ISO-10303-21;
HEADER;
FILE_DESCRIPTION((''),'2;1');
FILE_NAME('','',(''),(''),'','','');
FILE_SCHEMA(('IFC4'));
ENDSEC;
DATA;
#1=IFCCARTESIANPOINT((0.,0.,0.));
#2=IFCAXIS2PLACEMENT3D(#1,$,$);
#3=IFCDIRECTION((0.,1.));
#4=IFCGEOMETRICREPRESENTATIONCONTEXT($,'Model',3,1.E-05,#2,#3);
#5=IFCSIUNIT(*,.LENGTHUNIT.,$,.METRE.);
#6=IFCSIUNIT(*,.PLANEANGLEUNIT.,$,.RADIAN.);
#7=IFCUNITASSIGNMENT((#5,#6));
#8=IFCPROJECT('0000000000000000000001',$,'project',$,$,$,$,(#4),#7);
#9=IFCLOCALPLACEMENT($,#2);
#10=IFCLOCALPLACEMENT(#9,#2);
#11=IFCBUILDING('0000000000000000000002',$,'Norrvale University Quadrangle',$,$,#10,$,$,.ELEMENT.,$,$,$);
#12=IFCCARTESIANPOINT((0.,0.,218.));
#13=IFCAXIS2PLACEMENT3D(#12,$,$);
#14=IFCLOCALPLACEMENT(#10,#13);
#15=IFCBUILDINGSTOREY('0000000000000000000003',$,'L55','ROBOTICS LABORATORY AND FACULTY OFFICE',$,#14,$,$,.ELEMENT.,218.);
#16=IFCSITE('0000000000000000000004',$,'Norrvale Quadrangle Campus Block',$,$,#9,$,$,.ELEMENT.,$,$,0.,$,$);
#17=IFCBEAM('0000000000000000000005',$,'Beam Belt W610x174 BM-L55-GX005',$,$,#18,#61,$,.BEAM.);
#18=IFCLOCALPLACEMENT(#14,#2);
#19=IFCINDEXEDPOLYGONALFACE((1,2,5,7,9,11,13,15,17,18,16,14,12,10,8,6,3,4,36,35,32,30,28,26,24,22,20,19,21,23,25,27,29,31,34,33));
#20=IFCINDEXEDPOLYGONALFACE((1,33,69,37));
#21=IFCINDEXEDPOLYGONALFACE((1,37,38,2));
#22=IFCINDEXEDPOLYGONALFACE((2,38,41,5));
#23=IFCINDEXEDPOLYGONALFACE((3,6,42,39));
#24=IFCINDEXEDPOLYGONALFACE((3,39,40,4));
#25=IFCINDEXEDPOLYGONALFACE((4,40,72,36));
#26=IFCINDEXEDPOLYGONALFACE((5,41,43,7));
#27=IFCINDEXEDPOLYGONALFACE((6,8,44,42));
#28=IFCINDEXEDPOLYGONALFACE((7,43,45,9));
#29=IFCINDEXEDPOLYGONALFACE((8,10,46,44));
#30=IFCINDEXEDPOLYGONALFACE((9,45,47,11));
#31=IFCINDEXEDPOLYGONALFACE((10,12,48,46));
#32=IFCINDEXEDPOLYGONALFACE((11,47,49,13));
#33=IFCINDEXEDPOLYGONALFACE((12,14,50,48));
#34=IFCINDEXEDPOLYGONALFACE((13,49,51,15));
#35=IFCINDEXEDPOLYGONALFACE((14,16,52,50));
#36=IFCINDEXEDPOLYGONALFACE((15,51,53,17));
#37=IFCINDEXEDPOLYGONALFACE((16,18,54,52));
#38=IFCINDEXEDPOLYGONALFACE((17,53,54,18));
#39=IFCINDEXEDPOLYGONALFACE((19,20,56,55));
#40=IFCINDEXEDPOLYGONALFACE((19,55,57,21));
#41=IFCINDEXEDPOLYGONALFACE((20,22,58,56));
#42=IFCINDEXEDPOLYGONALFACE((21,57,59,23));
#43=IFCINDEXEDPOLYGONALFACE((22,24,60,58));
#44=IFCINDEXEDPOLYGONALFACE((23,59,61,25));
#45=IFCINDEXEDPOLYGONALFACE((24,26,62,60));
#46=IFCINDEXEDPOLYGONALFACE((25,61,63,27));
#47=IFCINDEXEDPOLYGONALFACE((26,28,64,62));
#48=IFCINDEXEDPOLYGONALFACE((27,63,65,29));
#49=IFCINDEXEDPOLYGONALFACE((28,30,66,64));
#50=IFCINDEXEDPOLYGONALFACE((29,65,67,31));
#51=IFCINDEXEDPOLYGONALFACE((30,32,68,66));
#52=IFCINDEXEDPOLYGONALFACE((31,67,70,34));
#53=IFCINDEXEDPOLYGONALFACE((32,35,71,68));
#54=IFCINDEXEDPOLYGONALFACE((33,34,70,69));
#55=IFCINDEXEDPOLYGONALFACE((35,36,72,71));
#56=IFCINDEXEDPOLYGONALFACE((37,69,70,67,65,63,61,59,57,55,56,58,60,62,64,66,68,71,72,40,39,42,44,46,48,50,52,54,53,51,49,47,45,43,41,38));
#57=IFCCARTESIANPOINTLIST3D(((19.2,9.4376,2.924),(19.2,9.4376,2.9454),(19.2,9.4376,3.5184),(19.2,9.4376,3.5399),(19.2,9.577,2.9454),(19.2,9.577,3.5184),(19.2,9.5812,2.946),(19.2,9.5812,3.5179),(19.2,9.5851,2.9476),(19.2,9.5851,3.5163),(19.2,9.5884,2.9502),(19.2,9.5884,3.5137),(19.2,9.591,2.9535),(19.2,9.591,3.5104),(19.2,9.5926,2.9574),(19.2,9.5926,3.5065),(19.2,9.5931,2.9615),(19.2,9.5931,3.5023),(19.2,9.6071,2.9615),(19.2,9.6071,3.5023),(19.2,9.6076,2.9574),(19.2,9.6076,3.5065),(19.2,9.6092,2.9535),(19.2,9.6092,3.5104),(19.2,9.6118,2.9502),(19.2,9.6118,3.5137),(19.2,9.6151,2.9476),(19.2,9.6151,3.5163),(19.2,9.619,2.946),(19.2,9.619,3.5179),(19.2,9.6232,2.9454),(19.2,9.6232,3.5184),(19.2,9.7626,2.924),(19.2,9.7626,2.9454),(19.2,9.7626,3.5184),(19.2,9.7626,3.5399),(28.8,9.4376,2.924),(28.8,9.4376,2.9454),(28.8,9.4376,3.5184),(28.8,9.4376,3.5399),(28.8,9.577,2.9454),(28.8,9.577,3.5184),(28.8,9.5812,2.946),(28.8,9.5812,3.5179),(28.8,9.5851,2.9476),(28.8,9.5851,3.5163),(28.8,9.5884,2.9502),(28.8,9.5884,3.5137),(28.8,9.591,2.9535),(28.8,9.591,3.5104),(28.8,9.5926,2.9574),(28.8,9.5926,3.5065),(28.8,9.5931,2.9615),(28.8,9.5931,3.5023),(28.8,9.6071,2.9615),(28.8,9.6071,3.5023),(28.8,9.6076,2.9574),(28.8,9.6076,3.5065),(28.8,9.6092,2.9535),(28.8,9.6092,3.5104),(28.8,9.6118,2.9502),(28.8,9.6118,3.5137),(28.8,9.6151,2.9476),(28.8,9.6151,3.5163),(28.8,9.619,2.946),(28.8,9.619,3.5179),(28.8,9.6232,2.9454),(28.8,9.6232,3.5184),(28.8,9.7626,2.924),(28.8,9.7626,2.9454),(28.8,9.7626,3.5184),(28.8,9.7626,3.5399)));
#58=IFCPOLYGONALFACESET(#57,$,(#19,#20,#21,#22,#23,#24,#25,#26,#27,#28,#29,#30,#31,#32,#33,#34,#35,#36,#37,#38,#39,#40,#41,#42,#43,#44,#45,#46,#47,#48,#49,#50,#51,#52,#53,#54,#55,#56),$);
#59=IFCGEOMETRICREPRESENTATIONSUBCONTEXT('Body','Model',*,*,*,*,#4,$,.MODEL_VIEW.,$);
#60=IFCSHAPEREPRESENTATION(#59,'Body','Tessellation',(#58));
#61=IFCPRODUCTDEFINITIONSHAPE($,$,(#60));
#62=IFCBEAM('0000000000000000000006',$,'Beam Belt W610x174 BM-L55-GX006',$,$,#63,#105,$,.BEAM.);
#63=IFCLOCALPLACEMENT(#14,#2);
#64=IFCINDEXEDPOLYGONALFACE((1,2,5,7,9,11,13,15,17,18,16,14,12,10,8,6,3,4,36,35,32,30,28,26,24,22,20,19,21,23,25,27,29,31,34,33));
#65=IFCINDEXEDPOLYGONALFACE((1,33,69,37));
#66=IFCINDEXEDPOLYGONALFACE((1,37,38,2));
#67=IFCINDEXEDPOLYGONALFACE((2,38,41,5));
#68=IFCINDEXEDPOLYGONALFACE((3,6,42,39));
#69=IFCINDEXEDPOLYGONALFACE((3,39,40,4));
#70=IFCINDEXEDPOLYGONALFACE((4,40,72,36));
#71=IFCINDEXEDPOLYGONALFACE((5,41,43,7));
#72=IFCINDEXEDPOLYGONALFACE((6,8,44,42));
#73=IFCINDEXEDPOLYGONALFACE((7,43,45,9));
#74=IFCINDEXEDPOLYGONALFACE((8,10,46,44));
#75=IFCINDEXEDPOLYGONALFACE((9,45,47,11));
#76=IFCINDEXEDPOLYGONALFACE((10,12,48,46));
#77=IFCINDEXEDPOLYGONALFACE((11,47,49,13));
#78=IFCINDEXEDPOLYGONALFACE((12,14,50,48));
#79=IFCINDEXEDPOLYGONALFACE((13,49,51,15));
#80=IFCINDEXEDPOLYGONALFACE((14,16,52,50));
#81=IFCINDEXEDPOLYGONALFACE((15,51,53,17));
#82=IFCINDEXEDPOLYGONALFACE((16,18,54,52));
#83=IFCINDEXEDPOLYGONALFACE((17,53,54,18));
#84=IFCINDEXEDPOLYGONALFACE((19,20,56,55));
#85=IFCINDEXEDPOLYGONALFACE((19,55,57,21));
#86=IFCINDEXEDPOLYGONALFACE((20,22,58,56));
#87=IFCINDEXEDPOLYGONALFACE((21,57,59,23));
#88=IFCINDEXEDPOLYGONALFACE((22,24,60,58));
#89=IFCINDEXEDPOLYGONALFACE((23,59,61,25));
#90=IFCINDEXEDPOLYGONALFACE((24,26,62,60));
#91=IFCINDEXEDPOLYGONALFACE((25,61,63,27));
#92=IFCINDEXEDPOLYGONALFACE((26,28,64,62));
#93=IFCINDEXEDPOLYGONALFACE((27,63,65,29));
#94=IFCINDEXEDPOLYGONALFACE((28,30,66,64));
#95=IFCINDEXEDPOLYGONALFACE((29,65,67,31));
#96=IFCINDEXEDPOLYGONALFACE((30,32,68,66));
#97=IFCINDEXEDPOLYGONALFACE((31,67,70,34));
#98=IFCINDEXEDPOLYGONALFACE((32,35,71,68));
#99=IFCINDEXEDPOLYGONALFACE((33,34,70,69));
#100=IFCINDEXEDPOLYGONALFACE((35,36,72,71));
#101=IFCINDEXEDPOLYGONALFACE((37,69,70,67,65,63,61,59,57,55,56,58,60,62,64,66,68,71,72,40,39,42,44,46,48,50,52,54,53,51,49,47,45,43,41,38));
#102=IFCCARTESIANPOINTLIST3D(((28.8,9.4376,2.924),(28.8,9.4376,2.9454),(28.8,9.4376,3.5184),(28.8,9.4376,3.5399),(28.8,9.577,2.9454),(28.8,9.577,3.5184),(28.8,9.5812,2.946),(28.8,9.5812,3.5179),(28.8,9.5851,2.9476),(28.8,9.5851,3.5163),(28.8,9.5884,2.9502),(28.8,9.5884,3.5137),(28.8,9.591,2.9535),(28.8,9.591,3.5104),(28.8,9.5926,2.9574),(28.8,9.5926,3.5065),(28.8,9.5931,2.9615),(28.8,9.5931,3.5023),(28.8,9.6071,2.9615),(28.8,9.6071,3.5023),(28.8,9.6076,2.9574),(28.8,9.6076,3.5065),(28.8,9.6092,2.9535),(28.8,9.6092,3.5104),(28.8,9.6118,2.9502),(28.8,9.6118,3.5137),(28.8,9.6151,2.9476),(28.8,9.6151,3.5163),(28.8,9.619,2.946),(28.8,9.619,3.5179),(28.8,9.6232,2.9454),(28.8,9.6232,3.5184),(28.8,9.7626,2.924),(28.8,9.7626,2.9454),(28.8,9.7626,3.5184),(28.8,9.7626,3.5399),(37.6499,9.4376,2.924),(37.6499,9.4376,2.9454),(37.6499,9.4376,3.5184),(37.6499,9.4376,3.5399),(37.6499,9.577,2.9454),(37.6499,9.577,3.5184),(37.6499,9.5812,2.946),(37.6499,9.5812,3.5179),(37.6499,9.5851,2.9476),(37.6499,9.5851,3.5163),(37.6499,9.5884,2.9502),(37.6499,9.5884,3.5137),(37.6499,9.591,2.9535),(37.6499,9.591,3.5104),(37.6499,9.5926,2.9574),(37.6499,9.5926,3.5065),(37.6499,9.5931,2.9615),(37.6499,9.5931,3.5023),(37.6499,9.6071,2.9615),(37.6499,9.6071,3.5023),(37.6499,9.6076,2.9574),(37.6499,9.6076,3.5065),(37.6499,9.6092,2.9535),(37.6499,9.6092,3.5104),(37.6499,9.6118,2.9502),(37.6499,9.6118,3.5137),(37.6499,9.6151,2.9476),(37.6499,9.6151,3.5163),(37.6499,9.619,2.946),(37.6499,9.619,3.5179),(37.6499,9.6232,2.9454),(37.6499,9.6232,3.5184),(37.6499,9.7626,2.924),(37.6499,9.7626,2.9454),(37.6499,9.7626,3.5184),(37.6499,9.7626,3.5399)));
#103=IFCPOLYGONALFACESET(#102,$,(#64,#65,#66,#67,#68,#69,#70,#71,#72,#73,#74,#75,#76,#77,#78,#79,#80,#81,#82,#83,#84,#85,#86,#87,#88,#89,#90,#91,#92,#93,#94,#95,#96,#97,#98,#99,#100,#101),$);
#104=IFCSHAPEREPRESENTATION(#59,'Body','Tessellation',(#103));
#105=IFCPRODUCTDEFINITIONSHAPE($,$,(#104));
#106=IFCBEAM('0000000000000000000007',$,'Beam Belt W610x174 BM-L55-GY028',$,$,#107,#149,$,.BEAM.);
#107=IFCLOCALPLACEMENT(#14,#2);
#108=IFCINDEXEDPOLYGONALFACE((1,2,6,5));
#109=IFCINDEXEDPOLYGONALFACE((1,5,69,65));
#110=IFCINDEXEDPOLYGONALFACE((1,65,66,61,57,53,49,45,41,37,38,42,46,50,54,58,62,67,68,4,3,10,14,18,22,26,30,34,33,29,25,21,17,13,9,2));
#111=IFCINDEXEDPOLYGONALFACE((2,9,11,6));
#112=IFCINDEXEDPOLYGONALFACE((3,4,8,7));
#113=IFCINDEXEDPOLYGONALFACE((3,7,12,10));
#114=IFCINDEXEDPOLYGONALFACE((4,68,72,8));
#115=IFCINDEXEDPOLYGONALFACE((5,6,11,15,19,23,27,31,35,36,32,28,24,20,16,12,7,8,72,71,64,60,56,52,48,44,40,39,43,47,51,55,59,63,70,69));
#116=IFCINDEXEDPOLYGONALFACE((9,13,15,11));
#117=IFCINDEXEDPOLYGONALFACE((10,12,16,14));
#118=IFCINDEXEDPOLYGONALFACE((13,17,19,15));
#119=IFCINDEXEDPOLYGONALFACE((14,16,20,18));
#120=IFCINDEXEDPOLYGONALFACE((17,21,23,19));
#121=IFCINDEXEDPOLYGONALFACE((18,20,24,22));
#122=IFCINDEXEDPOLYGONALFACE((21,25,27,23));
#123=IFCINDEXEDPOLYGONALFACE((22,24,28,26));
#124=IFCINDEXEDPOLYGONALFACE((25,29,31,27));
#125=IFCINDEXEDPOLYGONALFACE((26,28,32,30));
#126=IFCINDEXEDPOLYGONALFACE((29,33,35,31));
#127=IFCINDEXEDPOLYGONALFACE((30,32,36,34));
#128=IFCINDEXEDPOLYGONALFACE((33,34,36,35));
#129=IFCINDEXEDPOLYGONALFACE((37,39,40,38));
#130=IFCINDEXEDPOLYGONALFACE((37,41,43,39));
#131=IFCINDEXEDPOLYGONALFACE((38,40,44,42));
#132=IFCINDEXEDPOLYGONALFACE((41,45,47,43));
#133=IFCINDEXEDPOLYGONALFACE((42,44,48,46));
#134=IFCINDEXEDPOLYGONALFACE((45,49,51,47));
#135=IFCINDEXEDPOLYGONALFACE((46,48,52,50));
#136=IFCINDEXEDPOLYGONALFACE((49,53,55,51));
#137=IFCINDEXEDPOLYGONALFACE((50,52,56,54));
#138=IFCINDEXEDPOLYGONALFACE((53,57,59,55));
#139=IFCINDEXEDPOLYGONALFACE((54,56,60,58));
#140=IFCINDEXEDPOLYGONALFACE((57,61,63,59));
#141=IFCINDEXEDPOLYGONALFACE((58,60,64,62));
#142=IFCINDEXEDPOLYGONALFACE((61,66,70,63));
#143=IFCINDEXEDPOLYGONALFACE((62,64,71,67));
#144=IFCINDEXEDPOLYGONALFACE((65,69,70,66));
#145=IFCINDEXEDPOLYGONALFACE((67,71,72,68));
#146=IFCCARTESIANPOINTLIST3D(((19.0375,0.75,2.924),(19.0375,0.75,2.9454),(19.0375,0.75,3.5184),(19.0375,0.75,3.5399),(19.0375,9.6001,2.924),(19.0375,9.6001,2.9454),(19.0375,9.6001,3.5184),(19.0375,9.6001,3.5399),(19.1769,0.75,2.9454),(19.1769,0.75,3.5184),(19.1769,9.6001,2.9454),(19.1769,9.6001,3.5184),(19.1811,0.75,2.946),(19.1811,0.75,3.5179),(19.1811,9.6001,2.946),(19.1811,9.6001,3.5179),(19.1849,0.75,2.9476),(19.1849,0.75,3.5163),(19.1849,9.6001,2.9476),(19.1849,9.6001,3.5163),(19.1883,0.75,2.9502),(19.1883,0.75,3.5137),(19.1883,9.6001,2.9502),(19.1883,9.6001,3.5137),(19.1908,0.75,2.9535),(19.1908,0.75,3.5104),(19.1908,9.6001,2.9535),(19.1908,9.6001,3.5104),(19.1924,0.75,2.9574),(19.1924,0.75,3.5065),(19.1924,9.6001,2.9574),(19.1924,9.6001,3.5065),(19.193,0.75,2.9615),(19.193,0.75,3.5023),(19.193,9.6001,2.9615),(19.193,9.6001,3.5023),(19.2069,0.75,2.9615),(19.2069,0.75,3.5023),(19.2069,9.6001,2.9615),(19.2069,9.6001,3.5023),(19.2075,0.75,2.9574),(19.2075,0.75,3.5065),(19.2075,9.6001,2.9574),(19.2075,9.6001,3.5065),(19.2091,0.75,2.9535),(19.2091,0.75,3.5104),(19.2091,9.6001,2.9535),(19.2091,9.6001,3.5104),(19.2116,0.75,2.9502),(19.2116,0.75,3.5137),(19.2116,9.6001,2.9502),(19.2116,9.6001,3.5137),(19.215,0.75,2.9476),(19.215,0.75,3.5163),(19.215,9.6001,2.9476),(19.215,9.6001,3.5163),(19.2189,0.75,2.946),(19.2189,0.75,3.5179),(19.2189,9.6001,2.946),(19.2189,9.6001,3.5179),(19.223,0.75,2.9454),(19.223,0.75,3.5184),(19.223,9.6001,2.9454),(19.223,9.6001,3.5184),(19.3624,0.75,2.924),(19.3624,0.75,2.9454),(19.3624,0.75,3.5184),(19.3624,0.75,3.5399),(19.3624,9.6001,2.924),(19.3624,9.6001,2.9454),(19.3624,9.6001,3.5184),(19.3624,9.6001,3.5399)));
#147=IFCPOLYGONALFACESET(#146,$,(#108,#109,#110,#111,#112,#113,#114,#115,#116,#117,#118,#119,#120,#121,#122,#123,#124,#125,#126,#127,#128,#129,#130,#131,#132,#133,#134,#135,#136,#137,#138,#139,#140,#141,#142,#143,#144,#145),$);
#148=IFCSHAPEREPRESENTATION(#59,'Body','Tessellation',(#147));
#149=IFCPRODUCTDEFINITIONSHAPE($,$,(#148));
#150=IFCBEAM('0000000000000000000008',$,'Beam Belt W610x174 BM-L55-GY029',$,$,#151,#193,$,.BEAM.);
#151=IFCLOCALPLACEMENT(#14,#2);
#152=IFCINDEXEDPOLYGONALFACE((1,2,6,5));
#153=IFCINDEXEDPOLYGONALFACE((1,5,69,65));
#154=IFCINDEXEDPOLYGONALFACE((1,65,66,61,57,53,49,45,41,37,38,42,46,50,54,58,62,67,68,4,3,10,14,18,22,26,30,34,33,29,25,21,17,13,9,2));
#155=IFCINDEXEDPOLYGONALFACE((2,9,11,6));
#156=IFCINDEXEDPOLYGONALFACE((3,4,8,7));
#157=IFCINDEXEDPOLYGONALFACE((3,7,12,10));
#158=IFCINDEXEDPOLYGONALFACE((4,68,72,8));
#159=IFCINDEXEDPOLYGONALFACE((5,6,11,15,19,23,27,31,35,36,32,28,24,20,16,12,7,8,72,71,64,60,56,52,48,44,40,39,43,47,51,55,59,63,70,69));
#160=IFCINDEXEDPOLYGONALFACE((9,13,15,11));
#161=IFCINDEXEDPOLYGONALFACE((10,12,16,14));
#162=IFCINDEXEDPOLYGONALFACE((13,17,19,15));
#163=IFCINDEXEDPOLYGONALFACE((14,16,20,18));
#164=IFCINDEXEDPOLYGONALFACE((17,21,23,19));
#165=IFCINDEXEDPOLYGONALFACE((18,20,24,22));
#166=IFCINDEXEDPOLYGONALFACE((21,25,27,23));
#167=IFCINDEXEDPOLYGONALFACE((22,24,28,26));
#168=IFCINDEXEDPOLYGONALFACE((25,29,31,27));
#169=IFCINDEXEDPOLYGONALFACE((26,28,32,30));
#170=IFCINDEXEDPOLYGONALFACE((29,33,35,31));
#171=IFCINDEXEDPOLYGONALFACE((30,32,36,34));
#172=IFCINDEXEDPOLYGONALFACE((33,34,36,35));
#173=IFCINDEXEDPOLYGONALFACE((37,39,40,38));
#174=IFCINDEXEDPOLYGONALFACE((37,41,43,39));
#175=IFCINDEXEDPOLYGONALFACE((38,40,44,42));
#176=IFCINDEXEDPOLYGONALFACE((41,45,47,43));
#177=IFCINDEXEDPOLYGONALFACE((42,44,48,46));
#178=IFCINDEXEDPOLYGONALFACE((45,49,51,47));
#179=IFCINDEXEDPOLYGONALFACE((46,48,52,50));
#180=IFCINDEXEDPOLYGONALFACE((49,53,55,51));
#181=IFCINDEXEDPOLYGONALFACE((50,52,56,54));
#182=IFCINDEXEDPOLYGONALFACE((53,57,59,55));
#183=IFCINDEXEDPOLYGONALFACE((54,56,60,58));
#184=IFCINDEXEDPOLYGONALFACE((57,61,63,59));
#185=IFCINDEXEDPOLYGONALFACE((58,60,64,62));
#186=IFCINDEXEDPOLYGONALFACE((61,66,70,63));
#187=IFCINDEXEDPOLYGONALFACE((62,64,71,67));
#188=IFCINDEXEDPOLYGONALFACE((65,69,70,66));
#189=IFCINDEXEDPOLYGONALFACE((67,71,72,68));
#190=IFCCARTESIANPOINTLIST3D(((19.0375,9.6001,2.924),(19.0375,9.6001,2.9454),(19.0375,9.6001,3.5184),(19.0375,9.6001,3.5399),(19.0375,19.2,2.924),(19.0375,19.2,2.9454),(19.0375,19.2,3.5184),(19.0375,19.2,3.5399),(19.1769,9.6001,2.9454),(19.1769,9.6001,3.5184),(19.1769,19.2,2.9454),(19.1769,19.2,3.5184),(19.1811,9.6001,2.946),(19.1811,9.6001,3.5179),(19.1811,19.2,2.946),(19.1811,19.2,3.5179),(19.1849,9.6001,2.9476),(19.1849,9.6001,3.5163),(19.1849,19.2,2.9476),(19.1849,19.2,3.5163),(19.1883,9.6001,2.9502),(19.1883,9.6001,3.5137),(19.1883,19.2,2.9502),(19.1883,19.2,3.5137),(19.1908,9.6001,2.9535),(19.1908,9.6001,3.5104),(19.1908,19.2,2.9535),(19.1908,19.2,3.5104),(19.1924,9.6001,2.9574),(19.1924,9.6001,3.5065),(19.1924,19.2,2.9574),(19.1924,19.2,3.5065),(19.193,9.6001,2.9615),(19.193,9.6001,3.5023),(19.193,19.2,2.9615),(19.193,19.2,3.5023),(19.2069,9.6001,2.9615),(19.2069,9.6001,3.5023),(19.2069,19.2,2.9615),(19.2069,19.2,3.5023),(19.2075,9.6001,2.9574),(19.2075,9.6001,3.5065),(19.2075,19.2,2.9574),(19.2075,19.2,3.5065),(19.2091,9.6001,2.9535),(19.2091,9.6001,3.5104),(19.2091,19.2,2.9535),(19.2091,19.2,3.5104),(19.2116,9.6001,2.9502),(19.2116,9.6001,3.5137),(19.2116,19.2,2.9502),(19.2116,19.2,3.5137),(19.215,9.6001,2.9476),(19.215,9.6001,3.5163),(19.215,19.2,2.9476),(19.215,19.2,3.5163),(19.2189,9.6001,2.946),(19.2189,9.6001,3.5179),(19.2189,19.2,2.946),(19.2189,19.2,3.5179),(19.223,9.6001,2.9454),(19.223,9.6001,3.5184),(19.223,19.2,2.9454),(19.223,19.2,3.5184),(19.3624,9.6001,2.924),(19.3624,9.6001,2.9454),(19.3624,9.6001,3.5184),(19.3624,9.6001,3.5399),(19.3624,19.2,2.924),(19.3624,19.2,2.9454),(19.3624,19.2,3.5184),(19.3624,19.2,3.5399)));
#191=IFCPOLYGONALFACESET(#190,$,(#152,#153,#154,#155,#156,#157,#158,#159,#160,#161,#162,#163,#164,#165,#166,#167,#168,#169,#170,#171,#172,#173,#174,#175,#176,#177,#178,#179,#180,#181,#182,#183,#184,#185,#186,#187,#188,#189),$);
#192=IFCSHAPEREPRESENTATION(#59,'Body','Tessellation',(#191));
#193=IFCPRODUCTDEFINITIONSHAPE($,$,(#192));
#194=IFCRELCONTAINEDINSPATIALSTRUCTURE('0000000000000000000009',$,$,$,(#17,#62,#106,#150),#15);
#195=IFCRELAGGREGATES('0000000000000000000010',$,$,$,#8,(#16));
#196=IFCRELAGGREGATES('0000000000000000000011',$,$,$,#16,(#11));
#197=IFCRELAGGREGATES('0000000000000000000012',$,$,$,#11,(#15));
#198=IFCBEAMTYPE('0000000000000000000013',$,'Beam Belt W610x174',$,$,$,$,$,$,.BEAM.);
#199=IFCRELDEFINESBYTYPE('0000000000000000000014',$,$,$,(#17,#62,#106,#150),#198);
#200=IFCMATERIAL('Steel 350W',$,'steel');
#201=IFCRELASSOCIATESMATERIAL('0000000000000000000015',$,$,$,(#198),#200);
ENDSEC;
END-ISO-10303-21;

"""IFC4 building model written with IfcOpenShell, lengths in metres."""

from ifc_helpers import new_model, si_unit, direction, frame, origin, origin_2d, place, context, subcontext, project, spatial, i_section, extrude, material, material_profile, profile_set, type_object, element, save


model = new_model("IFC4")

# Units and contexts
model_context = context("Model", 3, precision=1e-05, world=origin(), true_north=direction((0.0, 1.0)))
body_context = subcontext(model_context, "Body", "Model", "MODEL_VIEW")
ifc_project = project(units=[si_unit("LENGTHUNIT", "METRE"), si_unit("PLANEANGLEUNIT", "RADIAN")], contexts=[model_context])

# Site, building, storey
site_placement = place(None, origin())
site = spatial("IfcSite", under=ifc_project, at=site_placement, Name="Norrvale Quadrangle Campus Block", CompositionType="ELEMENT", RefElevation=0.0)
building_placement = place(site_placement, origin())
building = spatial("IfcBuilding", under=site, at=building_placement, Name="Norrvale University Quadrangle", CompositionType="ELEMENT")
storey_placement = place(building_placement, frame((0.0, 0.0, 218.0)))
storey = spatial("IfcBuildingStorey", under=building, at=storey_placement, Name="L55", Description="ROBOTICS LABORATORY AND FACULTY OFFICE", CompositionType="ELEMENT", Elevation=218.0)

# Beams
ifc_material_1 = material(Name="Steel 350W", Category="steel")
ifc_material_profile_1 = material_profile(ifc_material_1, i_section(OverallWidth=0.325, OverallDepth=0.616, WebThickness=0.0139, FlangeThickness=0.0215, FilletRadius=0.0161, at=origin_2d()), Name="Steel 350W")
ifc_profile_set_1 = profile_set([ifc_material_profile_1], Name="Steel 350W")
beam_type_1 = type_object("IfcBeamType", Name="Beam Belt W610x174", PredefinedType="BEAM", material=ifc_profile_set_1)
beam_1_placement = place(storey_placement, frame((19.2, 9.6001, 3.2319), z_axis=(1.0, 0.0, 0.0), x_axis=(0.0, 1.0, 0.0)))
element("IfcBeam", 1, at=beam_1_placement, inside=storey, type_object=beam_type_1, Name="Beam Belt W610x174 BM-L55-GX005", PredefinedType="BEAM", context=body_context, shape_type="SweptSolid", body=[
    extrude(i_section(OverallWidth=0.325, OverallDepth=0.616, WebThickness=0.0139, FlangeThickness=0.0215, FilletRadius=0.0161, at=origin_2d()), origin(), (0.0, 0.0, 1.0), 9.6001),
])
beam_2_placement = place(storey_placement, frame((28.8, 9.6001, 3.2319), z_axis=(1.0, 0.0, 0.0), x_axis=(0.0, 1.0, 0.0)))
element("IfcBeam", 2, at=beam_2_placement, inside=storey, type_object=beam_type_1, Name="Beam Belt W610x174 BM-L55-GX006", PredefinedType="BEAM", context=body_context, shape_type="SweptSolid", body=[
    extrude(i_section(OverallWidth=0.325, OverallDepth=0.616, WebThickness=0.0139, FlangeThickness=0.0215, FilletRadius=0.0161, at=origin_2d()), origin(), (0.0, 0.0, 1.0), 8.8499),
])
beam_3_placement = place(storey_placement, frame((19.2, 0.75, 3.2319), z_axis=(0.0, 1.0, 0.0), x_axis=(-1.0, 0.0, 0.0)))
element("IfcBeam", 3, at=beam_3_placement, inside=storey, type_object=beam_type_1, Name="Beam Belt W610x174 BM-L55-GY028", PredefinedType="BEAM", context=body_context, shape_type="SweptSolid", body=[
    extrude(i_section(OverallWidth=0.325, OverallDepth=0.616, WebThickness=0.0139, FlangeThickness=0.0215, FilletRadius=0.0161, at=origin_2d()), origin(), (0.0, 0.0, 1.0), 8.8501),
])
beam_4_placement = place(storey_placement, frame((19.2, 9.6001, 3.2319), z_axis=(0.0, 1.0, 0.0), x_axis=(-1.0, 0.0, 0.0)))
element("IfcBeam", 4, at=beam_4_placement, inside=storey, type_object=beam_type_1, Name="Beam Belt W610x174 BM-L55-GY029", PredefinedType="BEAM", context=body_context, shape_type="SweptSolid", body=[
    extrude(i_section(OverallWidth=0.325, OverallDepth=0.616, WebThickness=0.0139, FlangeThickness=0.0215, FilletRadius=0.0161, at=origin_2d()), origin(), (0.0, 0.0, 1.0), 9.5999),
])

save(model, "model.ifc")
